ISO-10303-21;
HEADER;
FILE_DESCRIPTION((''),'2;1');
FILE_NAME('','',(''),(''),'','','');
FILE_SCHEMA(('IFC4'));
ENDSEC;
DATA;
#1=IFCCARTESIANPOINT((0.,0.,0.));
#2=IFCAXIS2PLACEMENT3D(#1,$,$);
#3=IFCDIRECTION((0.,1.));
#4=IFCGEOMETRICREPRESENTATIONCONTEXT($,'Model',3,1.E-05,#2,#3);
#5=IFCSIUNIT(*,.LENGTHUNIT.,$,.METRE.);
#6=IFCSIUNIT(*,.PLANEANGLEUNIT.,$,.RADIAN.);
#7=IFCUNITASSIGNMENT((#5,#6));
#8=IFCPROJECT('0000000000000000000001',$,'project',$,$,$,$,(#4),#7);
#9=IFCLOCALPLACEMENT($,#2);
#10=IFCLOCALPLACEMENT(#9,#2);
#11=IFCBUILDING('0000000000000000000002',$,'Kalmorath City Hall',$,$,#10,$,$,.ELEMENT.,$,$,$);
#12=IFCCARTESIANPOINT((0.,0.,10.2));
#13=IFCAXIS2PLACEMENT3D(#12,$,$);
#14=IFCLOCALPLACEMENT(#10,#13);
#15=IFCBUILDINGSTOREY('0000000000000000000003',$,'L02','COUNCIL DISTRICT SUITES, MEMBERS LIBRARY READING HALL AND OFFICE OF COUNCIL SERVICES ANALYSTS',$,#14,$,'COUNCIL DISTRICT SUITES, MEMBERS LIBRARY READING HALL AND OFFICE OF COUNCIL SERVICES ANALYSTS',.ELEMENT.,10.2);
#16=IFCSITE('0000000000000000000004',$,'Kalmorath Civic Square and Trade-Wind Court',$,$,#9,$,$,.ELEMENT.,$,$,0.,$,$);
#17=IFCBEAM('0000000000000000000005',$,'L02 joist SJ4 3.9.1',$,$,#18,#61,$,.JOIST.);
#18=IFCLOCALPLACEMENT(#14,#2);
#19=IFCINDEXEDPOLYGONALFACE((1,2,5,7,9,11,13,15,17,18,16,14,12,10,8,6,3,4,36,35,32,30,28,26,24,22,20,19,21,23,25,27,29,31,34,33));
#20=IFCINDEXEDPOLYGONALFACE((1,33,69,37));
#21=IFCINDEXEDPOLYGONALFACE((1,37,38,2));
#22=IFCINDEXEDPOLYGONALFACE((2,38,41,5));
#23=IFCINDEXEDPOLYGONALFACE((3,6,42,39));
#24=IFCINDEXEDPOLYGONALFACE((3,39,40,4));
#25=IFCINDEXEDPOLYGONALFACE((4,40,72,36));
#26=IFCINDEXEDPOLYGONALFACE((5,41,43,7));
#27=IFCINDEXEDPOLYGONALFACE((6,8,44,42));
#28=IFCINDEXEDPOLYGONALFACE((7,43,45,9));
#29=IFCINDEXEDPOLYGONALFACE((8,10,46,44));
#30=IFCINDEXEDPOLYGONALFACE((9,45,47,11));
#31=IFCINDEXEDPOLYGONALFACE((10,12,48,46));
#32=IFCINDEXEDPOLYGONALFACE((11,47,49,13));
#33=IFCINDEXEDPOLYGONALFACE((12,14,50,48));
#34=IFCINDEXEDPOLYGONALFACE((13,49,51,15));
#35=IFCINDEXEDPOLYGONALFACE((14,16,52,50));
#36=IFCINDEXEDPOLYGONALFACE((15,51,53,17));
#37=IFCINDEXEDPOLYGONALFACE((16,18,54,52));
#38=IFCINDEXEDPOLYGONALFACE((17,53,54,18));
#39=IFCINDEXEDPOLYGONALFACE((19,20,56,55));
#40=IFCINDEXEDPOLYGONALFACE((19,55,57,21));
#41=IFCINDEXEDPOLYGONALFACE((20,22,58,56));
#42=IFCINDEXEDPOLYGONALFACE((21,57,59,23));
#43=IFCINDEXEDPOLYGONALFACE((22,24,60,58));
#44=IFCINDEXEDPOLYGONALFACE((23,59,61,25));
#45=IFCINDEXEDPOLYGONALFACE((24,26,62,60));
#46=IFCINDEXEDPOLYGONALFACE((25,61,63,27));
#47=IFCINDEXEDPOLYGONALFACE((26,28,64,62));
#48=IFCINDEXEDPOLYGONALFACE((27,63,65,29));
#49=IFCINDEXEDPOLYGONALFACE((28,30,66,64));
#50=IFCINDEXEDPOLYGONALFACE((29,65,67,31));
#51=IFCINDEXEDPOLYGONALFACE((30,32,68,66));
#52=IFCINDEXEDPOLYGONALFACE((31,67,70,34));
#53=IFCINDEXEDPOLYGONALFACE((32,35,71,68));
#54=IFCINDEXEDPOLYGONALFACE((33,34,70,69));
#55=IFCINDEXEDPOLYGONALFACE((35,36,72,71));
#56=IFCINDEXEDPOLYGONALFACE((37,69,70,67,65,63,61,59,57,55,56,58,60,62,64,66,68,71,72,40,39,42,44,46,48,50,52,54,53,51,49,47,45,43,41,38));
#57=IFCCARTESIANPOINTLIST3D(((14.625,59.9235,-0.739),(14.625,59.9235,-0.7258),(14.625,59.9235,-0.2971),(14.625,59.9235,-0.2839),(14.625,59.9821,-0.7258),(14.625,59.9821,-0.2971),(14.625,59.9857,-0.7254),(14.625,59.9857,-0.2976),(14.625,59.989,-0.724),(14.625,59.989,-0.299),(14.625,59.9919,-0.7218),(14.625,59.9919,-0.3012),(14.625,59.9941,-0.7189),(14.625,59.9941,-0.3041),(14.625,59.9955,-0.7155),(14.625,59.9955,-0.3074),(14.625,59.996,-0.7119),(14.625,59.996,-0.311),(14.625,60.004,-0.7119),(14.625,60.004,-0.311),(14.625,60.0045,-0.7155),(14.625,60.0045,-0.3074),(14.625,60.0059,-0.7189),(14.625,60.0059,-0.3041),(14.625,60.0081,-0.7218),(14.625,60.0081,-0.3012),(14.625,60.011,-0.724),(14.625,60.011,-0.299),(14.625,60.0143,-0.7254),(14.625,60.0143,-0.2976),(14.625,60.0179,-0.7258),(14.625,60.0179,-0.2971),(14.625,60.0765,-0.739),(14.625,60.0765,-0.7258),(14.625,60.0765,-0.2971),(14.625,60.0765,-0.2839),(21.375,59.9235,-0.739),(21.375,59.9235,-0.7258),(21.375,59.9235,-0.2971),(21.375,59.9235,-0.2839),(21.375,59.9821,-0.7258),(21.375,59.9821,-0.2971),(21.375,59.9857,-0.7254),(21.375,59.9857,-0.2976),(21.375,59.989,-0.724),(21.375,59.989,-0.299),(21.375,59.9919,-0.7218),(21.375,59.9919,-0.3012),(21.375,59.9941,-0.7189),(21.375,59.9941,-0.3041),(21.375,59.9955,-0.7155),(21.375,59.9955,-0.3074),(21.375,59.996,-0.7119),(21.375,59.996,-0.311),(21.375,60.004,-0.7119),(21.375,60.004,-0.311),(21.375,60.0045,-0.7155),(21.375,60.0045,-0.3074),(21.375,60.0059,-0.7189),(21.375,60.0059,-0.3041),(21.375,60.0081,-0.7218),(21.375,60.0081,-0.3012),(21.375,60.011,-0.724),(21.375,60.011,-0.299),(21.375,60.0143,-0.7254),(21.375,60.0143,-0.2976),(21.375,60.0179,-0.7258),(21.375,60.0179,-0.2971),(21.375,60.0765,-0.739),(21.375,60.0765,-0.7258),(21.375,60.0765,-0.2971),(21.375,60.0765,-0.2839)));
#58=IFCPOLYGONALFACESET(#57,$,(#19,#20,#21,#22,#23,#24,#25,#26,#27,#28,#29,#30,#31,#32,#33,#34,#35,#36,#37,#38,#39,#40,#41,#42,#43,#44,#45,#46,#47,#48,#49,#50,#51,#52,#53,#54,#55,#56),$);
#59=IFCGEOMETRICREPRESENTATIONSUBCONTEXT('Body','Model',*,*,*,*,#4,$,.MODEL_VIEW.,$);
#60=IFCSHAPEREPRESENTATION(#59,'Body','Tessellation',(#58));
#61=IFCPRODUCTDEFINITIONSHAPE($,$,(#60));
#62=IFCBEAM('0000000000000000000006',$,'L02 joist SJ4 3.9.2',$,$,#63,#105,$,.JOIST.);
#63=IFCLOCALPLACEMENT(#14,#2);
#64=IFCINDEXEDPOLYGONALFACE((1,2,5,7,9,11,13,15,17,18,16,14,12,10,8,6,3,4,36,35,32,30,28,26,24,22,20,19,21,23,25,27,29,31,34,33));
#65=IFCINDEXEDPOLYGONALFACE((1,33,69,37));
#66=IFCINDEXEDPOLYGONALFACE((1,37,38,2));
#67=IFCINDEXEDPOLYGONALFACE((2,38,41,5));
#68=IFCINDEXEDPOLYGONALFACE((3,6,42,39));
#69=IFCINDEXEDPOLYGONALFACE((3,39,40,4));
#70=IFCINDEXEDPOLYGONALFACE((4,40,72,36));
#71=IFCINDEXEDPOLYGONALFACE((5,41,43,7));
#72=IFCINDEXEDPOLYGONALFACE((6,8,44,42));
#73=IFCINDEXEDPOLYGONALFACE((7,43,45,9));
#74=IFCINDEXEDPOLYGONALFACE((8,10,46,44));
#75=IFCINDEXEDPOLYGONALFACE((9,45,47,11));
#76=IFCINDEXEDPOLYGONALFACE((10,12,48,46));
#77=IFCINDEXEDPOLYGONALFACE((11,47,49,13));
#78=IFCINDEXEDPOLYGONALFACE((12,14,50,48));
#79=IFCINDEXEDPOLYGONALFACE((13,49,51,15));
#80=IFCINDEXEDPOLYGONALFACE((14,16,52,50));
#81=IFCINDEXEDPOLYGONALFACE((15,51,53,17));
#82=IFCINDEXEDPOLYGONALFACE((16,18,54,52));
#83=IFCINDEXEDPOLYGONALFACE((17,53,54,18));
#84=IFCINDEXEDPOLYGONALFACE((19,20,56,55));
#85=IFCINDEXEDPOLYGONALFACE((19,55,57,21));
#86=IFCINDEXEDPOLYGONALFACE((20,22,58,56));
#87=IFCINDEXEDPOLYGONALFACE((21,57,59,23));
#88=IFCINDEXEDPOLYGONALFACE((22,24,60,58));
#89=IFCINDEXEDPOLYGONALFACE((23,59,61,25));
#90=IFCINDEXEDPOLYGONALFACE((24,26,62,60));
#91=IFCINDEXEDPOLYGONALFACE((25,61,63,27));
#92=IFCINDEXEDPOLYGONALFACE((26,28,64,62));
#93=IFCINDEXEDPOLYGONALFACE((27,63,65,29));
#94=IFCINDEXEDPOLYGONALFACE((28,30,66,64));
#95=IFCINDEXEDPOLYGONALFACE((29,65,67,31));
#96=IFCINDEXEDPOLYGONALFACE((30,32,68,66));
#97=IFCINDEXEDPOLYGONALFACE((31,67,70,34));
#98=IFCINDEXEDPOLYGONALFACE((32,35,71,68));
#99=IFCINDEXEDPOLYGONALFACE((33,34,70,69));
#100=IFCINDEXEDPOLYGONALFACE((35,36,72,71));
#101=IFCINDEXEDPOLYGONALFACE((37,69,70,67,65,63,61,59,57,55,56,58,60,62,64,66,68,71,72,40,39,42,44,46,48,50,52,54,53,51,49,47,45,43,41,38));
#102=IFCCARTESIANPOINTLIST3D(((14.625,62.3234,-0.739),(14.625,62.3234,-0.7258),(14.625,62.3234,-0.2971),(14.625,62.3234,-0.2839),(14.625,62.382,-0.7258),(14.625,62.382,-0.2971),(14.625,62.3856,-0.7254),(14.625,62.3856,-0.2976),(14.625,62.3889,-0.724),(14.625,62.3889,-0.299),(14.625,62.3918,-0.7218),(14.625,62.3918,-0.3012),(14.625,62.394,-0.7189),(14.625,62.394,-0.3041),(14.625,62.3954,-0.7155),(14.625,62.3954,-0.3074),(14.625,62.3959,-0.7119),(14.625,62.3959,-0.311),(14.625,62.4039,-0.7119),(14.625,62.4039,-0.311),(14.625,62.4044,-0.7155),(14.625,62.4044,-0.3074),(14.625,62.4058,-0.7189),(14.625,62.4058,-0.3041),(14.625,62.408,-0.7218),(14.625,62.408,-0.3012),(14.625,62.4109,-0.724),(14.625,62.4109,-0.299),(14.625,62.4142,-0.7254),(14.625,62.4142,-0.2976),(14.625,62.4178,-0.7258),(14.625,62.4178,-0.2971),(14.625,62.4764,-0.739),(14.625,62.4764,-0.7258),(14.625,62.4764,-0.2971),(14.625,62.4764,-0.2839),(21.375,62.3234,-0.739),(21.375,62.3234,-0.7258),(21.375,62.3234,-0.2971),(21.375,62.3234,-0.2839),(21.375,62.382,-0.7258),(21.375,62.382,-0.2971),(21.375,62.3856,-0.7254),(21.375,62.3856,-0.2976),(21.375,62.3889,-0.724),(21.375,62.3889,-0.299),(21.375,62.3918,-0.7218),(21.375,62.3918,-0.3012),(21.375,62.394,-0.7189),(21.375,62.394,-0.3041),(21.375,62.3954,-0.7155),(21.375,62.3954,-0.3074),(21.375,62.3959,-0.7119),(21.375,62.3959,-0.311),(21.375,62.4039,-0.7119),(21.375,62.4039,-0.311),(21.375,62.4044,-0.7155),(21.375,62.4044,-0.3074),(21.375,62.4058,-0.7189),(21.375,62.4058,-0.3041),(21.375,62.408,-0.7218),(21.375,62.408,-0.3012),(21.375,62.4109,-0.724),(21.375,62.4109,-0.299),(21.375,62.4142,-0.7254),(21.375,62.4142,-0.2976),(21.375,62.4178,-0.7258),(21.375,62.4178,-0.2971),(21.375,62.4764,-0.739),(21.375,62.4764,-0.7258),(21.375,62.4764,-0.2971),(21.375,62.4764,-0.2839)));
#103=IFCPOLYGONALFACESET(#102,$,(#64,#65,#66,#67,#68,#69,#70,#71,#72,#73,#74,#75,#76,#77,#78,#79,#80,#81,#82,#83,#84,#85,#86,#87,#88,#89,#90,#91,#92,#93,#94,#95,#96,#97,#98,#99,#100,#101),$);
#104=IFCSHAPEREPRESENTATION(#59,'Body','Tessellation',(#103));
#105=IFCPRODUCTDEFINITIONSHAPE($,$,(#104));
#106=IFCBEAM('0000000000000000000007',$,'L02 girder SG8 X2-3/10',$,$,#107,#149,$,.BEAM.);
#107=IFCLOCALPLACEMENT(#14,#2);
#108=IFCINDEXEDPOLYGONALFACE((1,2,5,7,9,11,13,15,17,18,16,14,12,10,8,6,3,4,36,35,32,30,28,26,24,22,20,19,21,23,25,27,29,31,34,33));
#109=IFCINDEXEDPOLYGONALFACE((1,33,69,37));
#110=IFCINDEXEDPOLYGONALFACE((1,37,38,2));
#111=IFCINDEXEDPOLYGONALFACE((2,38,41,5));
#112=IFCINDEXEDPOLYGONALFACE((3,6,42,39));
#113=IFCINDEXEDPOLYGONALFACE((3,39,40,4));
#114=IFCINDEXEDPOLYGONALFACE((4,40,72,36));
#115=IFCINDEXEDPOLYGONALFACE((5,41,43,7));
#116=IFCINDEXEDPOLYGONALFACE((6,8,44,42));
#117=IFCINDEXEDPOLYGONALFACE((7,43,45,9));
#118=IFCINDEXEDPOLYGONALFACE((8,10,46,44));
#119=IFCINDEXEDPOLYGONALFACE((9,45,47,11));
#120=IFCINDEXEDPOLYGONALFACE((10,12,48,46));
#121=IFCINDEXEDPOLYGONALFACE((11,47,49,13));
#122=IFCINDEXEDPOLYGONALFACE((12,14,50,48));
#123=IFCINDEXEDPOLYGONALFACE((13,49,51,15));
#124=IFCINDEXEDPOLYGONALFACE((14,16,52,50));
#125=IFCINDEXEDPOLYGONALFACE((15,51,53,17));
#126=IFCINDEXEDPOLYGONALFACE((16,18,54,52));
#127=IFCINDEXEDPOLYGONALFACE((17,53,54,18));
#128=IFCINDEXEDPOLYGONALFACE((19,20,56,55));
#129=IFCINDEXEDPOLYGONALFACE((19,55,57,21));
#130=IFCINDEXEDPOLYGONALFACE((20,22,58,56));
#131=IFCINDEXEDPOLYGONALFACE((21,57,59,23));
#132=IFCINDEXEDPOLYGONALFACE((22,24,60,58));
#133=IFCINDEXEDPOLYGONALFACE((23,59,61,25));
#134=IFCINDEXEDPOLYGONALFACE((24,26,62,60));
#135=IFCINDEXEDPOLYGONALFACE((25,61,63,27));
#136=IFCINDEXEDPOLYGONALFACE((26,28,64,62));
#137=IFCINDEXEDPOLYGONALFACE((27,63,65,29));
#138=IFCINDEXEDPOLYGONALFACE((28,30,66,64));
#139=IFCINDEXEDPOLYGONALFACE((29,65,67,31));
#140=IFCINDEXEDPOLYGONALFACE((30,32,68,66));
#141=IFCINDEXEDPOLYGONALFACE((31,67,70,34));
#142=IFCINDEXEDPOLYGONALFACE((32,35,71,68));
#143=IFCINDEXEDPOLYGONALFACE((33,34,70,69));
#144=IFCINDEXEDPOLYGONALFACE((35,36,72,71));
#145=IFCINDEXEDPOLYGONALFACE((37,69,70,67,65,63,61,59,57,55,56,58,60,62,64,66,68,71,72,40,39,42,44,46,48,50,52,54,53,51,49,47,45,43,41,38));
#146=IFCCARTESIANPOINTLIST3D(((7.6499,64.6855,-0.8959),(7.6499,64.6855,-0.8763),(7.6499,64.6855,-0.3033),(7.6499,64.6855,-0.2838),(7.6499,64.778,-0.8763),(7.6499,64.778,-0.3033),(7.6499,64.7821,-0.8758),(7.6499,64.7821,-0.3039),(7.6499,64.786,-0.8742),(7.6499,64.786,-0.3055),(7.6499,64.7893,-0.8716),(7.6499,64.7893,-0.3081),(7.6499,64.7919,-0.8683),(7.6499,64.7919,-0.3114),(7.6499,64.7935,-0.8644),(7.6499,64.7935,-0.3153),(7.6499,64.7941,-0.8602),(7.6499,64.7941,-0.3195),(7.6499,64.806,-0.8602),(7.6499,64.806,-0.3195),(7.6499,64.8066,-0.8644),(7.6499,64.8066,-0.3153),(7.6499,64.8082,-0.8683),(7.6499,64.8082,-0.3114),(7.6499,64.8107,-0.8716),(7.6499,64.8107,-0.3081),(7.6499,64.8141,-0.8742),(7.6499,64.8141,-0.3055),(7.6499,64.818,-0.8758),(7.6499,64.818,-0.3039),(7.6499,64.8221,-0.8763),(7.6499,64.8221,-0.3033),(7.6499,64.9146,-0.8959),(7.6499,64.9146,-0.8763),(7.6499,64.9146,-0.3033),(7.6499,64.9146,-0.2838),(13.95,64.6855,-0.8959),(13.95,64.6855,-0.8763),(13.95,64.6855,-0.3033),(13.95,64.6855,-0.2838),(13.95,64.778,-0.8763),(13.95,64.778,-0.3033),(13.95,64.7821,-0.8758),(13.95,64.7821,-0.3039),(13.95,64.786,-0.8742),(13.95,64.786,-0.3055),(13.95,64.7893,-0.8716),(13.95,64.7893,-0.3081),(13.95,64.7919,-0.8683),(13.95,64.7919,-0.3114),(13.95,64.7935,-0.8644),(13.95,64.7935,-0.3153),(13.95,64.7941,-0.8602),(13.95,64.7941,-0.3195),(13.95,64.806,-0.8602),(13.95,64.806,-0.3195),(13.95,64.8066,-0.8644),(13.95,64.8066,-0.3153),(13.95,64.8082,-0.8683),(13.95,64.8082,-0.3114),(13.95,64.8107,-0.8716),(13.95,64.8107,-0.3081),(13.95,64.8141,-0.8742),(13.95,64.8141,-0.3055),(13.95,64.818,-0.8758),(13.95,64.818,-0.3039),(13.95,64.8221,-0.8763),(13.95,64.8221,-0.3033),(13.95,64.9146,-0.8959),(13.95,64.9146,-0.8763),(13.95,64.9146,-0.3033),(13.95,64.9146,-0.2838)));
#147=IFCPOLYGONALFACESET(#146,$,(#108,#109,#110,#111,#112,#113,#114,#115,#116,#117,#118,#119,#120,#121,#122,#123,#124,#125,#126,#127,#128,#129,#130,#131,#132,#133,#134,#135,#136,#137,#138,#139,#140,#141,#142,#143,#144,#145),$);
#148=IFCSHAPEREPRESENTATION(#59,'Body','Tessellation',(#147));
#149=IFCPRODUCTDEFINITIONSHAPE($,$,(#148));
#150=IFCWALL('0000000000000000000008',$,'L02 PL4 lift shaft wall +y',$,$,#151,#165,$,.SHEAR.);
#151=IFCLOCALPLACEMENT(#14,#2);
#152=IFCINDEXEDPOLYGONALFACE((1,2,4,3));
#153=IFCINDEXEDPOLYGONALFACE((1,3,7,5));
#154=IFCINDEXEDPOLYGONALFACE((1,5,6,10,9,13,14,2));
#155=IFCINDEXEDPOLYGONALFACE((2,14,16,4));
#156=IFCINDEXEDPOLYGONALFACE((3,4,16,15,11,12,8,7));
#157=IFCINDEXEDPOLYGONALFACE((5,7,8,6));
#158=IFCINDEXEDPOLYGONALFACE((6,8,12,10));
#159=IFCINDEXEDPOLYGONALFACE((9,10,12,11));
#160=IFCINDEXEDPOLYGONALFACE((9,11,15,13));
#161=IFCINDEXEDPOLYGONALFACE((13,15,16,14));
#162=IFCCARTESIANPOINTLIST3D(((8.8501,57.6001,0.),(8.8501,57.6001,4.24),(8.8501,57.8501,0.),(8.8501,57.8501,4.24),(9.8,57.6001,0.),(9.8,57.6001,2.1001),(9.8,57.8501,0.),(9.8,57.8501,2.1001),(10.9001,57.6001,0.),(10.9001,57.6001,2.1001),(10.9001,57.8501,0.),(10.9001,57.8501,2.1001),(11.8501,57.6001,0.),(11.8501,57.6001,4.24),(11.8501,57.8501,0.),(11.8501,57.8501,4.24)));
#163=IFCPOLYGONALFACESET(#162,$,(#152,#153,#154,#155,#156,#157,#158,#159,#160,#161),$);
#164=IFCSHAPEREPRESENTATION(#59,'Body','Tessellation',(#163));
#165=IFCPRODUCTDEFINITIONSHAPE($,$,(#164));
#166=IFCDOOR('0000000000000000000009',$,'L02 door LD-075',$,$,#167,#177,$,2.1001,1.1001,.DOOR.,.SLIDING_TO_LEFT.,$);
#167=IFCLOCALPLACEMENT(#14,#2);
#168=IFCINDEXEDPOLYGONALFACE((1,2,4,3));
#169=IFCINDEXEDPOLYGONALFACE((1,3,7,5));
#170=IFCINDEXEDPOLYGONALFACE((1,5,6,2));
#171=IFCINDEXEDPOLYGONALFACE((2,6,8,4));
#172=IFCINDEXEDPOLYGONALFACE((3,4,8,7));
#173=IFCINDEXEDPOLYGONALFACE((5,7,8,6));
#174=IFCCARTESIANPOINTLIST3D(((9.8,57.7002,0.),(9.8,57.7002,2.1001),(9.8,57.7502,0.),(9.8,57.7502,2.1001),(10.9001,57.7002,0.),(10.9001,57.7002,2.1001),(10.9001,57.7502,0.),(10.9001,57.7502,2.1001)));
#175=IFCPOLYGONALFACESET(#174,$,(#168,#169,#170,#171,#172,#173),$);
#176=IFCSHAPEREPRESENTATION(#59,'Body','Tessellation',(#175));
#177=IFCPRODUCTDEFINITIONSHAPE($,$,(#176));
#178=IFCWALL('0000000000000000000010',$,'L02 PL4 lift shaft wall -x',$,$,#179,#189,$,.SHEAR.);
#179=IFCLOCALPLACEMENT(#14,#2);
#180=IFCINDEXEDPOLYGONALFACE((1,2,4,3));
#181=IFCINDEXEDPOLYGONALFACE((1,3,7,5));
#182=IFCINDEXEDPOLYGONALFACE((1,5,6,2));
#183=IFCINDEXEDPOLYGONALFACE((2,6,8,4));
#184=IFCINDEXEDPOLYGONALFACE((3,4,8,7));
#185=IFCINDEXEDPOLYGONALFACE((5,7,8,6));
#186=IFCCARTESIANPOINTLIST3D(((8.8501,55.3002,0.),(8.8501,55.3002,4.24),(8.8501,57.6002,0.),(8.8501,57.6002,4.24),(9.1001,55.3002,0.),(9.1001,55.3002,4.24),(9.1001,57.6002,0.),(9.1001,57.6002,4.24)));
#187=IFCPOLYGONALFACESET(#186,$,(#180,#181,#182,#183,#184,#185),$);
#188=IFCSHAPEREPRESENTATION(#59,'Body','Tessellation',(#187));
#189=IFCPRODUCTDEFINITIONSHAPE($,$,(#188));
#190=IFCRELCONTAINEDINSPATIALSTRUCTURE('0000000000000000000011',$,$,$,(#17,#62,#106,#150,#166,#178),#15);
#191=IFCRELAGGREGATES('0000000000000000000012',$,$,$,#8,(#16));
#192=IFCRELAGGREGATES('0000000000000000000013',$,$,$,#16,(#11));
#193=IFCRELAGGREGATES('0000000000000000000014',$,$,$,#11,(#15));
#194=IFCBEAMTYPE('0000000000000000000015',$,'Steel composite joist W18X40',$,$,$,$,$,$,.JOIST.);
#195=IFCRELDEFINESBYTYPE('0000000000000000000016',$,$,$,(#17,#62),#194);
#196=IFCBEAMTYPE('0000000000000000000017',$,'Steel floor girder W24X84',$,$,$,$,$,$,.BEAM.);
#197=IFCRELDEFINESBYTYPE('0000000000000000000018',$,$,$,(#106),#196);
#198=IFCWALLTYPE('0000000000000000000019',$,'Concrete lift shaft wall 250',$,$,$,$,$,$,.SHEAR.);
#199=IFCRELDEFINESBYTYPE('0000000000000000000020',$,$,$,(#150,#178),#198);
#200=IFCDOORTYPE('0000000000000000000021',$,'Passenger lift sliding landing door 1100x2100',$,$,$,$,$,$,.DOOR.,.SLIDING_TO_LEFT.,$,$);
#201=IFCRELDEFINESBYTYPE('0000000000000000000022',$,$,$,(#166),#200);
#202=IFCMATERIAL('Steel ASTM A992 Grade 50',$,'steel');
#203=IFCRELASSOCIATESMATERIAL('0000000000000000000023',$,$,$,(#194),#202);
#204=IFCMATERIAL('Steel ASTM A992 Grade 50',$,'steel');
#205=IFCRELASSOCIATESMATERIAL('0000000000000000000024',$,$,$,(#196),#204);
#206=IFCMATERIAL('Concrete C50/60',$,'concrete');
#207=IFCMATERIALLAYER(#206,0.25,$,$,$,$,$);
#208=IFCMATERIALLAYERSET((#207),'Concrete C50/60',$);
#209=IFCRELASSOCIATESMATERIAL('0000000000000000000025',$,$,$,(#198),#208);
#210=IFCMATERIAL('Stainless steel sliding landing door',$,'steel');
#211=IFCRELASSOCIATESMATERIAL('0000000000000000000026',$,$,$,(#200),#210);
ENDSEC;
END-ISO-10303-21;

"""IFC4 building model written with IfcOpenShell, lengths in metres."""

from ifc_helpers import new_model, si_unit, direction, frame, frame_2d, origin, origin_2d, place, context, subcontext, project, spatial, rectangle, i_section, extrude, material, layer, layer_set, material_profile, profile_set, type_object, element, fill, save


model = new_model("IFC4")

# Units and contexts
model_context = context("Model", 3, precision=1e-05, world=origin(), true_north=direction((0.0, 1.0)))
body_context = subcontext(model_context, "Body", "Model", "MODEL_VIEW")
ifc_project = project(units=[si_unit("LENGTHUNIT", "METRE"), si_unit("PLANEANGLEUNIT", "RADIAN")], contexts=[model_context])

# Site, building, storey
site_placement = place(None, origin())
site = spatial("IfcSite", under=ifc_project, at=site_placement, Name="Kalmorath Civic Square and Trade-Wind Court", CompositionType="ELEMENT", RefElevation=0.0)
building_placement = place(site_placement, origin())
building = spatial("IfcBuilding", under=site, at=building_placement, Name="Kalmorath City Hall", CompositionType="ELEMENT")
storey_placement = place(building_placement, frame((0.0, 0.0, 10.2)))
storey = spatial("IfcBuildingStorey", under=building, at=storey_placement, Name="L02", Description="COUNCIL DISTRICT SUITES, MEMBERS LIBRARY READING HALL AND OFFICE OF COUNCIL SERVICES ANALYSTS", LongName="COUNCIL DISTRICT SUITES, MEMBERS LIBRARY READING HALL AND OFFICE OF COUNCIL SERVICES ANALYSTS", CompositionType="ELEMENT", Elevation=10.2)

# Beams
ifc_material_1 = material(Name="Steel ASTM A992 Grade 50", Category="steel")
ifc_material_profile_1 = material_profile(ifc_material_1, i_section(OverallWidth=0.1531, OverallDepth=0.4551, WebThickness=0.0081, FlangeThickness=0.0132, FilletRadius=0.0139, at=origin_2d()), Name="W18X40")
ifc_profile_set_1 = profile_set([ifc_material_profile_1], Name="Steel ASTM A992 Grade 50")
beam_type_1 = type_object("IfcBeamType", Name="Steel composite joist W18X40", PredefinedType="JOIST", material=ifc_profile_set_1)
for number, where, z_axis, x_axis, name in (
    (1, (14.625, 60.0, -0.5115), (1.0, 0.0, 0.0), (0.0, 1.0, 0.0), "L02 joist SJ4 3.9.1"),
    (2, (14.625, 62.3999, -0.5115), (1.0, 0.0, 0.0), (0.0, 1.0, 0.0), "L02 joist SJ4 3.9.2"),
):
    element("IfcBeam", number, at=place(storey_placement, frame(where, z_axis=z_axis, x_axis=x_axis)), inside=storey, type_object=beam_type_1, Name=name, PredefinedType="JOIST", context=body_context, shape_type="SweptSolid", body=[
        extrude(i_section(OverallWidth=0.1531, OverallDepth=0.4551, WebThickness=0.0081, FlangeThickness=0.0132, FilletRadius=0.0139, at=origin_2d()), origin(), (0.0, 0.0, 1.0), 6.75),
    ])
ifc_material_2 = material(Name="Steel ASTM A992 Grade 50", Category="steel")
ifc_material_profile_2 = material_profile(ifc_material_2, i_section(OverallWidth=0.229, OverallDepth=0.6121, WebThickness=0.012, FlangeThickness=0.0195, FilletRadius=0.0161, at=origin_2d()), Name="W24X84")
ifc_profile_set_2 = profile_set([ifc_material_profile_2], Name="Steel ASTM A992 Grade 50")
beam_type_2 = type_object("IfcBeamType", Name="Steel floor girder W24X84", PredefinedType="BEAM", material=ifc_profile_set_2)
beam_1_placement = place(storey_placement, frame((7.6499, 64.8, -0.5898), z_axis=(1.0, 0.0, 0.0), x_axis=(0.0, 1.0, 0.0)))
element("IfcBeam", 3, at=beam_1_placement, inside=storey, type_object=beam_type_2, Name="L02 girder SG8 X2-3/10", PredefinedType="BEAM", context=body_context, shape_type="SweptSolid", body=[
    extrude(i_section(OverallWidth=0.229, OverallDepth=0.6121, WebThickness=0.012, FlangeThickness=0.0195, FilletRadius=0.0161, at=origin_2d()), origin(), (0.0, 0.0, 1.0), 6.3),
])

# Wall, opening, door
ifc_material_3 = material(Name="Concrete C50/60", Category="concrete")
ifc_layer_1 = layer(ifc_material_3, 0.25)
ifc_layer_set_1 = layer_set([ifc_layer_1], Name="Concrete C50/60")
wall_type_1 = type_object("IfcWallType", Name="Concrete lift shaft wall 250", PredefinedType="SHEAR", material=ifc_layer_set_1)
wall_1_placement = place(storey_placement, frame((11.8501, 57.7251, 0.0), z_axis=(0.0, 0.0, 1.0), x_axis=(-1.0, 0.0, 0.0)))
wall_1 = element("IfcWall", 4, at=wall_1_placement, inside=storey, type_object=wall_type_1, Name="L02 PL4 lift shaft wall +y", PredefinedType="SHEAR", context=body_context, shape_type="SweptSolid", body=[
    extrude(rectangle(XDim=3.0, YDim=0.25, at=frame_2d((1.5, 0.0))), origin(), (0.0, 0.0, 1.0), 4.24),
])
opening_1_placement = place(wall_1_placement, frame((0.95, 0.0, 0.0)))
opening_1 = element("IfcOpeningElement", 5, at=opening_1_placement, cuts=wall_1, PredefinedType="OPENING", context=body_context, shape_type="SweptSolid", body=[
    extrude(rectangle(XDim=1.1001, YDim=2.1001, at=frame_2d((0.55, 1.05))), frame((0.0, 0.135, 0.0), z_axis=(0.0, -1.0, 0.0), x_axis=(1.0, 0.0, 0.0)), (0.0, 0.0, 1.0), 0.27),
])
ifc_material_4 = material(Name="Stainless steel sliding landing door", Category="steel")
door_type_1 = type_object("IfcDoorType", Name="Passenger lift sliding landing door 1100x2100", OperationType="SLIDING_TO_LEFT", PredefinedType="DOOR", material=ifc_material_4)
door_1_placement = place(opening_1_placement, origin())
door_1 = element("IfcDoor", 6, at=door_1_placement, inside=storey, type_object=door_type_1, Name="L02 door LD-075", OperationType="SLIDING_TO_LEFT", OverallHeight=2.1001, OverallWidth=1.1001, PredefinedType="DOOR", context=body_context, shape_type="SweptSolid", body=[
    extrude(rectangle(XDim=1.1001, YDim=2.1001, at=frame_2d((0.55, 1.05))), frame((0.0, 0.0249, 0.0), z_axis=(0.0, -1.0, 0.0), x_axis=(1.0, 0.0, 0.0)), (0.0, 0.0, 1.0), 0.05),
])
fill(opening_1, door_1)

# Wall
wall_2_placement = place(storey_placement, frame((8.9751, 57.6001, 0.0), z_axis=(0.0, 0.0, 1.0), x_axis=(0.0, -1.0, 0.0)))
element("IfcWall", 7, at=wall_2_placement, inside=storey, type_object=wall_type_1, Name="L02 PL4 lift shaft wall -x", PredefinedType="SHEAR", context=body_context, shape_type="SweptSolid", body=[
    extrude(rectangle(XDim=2.3, YDim=0.25, at=frame_2d((1.1499, 0.0))), origin(), (0.0, 0.0, 1.0), 4.24),
])

save(model, "model.ifc")
